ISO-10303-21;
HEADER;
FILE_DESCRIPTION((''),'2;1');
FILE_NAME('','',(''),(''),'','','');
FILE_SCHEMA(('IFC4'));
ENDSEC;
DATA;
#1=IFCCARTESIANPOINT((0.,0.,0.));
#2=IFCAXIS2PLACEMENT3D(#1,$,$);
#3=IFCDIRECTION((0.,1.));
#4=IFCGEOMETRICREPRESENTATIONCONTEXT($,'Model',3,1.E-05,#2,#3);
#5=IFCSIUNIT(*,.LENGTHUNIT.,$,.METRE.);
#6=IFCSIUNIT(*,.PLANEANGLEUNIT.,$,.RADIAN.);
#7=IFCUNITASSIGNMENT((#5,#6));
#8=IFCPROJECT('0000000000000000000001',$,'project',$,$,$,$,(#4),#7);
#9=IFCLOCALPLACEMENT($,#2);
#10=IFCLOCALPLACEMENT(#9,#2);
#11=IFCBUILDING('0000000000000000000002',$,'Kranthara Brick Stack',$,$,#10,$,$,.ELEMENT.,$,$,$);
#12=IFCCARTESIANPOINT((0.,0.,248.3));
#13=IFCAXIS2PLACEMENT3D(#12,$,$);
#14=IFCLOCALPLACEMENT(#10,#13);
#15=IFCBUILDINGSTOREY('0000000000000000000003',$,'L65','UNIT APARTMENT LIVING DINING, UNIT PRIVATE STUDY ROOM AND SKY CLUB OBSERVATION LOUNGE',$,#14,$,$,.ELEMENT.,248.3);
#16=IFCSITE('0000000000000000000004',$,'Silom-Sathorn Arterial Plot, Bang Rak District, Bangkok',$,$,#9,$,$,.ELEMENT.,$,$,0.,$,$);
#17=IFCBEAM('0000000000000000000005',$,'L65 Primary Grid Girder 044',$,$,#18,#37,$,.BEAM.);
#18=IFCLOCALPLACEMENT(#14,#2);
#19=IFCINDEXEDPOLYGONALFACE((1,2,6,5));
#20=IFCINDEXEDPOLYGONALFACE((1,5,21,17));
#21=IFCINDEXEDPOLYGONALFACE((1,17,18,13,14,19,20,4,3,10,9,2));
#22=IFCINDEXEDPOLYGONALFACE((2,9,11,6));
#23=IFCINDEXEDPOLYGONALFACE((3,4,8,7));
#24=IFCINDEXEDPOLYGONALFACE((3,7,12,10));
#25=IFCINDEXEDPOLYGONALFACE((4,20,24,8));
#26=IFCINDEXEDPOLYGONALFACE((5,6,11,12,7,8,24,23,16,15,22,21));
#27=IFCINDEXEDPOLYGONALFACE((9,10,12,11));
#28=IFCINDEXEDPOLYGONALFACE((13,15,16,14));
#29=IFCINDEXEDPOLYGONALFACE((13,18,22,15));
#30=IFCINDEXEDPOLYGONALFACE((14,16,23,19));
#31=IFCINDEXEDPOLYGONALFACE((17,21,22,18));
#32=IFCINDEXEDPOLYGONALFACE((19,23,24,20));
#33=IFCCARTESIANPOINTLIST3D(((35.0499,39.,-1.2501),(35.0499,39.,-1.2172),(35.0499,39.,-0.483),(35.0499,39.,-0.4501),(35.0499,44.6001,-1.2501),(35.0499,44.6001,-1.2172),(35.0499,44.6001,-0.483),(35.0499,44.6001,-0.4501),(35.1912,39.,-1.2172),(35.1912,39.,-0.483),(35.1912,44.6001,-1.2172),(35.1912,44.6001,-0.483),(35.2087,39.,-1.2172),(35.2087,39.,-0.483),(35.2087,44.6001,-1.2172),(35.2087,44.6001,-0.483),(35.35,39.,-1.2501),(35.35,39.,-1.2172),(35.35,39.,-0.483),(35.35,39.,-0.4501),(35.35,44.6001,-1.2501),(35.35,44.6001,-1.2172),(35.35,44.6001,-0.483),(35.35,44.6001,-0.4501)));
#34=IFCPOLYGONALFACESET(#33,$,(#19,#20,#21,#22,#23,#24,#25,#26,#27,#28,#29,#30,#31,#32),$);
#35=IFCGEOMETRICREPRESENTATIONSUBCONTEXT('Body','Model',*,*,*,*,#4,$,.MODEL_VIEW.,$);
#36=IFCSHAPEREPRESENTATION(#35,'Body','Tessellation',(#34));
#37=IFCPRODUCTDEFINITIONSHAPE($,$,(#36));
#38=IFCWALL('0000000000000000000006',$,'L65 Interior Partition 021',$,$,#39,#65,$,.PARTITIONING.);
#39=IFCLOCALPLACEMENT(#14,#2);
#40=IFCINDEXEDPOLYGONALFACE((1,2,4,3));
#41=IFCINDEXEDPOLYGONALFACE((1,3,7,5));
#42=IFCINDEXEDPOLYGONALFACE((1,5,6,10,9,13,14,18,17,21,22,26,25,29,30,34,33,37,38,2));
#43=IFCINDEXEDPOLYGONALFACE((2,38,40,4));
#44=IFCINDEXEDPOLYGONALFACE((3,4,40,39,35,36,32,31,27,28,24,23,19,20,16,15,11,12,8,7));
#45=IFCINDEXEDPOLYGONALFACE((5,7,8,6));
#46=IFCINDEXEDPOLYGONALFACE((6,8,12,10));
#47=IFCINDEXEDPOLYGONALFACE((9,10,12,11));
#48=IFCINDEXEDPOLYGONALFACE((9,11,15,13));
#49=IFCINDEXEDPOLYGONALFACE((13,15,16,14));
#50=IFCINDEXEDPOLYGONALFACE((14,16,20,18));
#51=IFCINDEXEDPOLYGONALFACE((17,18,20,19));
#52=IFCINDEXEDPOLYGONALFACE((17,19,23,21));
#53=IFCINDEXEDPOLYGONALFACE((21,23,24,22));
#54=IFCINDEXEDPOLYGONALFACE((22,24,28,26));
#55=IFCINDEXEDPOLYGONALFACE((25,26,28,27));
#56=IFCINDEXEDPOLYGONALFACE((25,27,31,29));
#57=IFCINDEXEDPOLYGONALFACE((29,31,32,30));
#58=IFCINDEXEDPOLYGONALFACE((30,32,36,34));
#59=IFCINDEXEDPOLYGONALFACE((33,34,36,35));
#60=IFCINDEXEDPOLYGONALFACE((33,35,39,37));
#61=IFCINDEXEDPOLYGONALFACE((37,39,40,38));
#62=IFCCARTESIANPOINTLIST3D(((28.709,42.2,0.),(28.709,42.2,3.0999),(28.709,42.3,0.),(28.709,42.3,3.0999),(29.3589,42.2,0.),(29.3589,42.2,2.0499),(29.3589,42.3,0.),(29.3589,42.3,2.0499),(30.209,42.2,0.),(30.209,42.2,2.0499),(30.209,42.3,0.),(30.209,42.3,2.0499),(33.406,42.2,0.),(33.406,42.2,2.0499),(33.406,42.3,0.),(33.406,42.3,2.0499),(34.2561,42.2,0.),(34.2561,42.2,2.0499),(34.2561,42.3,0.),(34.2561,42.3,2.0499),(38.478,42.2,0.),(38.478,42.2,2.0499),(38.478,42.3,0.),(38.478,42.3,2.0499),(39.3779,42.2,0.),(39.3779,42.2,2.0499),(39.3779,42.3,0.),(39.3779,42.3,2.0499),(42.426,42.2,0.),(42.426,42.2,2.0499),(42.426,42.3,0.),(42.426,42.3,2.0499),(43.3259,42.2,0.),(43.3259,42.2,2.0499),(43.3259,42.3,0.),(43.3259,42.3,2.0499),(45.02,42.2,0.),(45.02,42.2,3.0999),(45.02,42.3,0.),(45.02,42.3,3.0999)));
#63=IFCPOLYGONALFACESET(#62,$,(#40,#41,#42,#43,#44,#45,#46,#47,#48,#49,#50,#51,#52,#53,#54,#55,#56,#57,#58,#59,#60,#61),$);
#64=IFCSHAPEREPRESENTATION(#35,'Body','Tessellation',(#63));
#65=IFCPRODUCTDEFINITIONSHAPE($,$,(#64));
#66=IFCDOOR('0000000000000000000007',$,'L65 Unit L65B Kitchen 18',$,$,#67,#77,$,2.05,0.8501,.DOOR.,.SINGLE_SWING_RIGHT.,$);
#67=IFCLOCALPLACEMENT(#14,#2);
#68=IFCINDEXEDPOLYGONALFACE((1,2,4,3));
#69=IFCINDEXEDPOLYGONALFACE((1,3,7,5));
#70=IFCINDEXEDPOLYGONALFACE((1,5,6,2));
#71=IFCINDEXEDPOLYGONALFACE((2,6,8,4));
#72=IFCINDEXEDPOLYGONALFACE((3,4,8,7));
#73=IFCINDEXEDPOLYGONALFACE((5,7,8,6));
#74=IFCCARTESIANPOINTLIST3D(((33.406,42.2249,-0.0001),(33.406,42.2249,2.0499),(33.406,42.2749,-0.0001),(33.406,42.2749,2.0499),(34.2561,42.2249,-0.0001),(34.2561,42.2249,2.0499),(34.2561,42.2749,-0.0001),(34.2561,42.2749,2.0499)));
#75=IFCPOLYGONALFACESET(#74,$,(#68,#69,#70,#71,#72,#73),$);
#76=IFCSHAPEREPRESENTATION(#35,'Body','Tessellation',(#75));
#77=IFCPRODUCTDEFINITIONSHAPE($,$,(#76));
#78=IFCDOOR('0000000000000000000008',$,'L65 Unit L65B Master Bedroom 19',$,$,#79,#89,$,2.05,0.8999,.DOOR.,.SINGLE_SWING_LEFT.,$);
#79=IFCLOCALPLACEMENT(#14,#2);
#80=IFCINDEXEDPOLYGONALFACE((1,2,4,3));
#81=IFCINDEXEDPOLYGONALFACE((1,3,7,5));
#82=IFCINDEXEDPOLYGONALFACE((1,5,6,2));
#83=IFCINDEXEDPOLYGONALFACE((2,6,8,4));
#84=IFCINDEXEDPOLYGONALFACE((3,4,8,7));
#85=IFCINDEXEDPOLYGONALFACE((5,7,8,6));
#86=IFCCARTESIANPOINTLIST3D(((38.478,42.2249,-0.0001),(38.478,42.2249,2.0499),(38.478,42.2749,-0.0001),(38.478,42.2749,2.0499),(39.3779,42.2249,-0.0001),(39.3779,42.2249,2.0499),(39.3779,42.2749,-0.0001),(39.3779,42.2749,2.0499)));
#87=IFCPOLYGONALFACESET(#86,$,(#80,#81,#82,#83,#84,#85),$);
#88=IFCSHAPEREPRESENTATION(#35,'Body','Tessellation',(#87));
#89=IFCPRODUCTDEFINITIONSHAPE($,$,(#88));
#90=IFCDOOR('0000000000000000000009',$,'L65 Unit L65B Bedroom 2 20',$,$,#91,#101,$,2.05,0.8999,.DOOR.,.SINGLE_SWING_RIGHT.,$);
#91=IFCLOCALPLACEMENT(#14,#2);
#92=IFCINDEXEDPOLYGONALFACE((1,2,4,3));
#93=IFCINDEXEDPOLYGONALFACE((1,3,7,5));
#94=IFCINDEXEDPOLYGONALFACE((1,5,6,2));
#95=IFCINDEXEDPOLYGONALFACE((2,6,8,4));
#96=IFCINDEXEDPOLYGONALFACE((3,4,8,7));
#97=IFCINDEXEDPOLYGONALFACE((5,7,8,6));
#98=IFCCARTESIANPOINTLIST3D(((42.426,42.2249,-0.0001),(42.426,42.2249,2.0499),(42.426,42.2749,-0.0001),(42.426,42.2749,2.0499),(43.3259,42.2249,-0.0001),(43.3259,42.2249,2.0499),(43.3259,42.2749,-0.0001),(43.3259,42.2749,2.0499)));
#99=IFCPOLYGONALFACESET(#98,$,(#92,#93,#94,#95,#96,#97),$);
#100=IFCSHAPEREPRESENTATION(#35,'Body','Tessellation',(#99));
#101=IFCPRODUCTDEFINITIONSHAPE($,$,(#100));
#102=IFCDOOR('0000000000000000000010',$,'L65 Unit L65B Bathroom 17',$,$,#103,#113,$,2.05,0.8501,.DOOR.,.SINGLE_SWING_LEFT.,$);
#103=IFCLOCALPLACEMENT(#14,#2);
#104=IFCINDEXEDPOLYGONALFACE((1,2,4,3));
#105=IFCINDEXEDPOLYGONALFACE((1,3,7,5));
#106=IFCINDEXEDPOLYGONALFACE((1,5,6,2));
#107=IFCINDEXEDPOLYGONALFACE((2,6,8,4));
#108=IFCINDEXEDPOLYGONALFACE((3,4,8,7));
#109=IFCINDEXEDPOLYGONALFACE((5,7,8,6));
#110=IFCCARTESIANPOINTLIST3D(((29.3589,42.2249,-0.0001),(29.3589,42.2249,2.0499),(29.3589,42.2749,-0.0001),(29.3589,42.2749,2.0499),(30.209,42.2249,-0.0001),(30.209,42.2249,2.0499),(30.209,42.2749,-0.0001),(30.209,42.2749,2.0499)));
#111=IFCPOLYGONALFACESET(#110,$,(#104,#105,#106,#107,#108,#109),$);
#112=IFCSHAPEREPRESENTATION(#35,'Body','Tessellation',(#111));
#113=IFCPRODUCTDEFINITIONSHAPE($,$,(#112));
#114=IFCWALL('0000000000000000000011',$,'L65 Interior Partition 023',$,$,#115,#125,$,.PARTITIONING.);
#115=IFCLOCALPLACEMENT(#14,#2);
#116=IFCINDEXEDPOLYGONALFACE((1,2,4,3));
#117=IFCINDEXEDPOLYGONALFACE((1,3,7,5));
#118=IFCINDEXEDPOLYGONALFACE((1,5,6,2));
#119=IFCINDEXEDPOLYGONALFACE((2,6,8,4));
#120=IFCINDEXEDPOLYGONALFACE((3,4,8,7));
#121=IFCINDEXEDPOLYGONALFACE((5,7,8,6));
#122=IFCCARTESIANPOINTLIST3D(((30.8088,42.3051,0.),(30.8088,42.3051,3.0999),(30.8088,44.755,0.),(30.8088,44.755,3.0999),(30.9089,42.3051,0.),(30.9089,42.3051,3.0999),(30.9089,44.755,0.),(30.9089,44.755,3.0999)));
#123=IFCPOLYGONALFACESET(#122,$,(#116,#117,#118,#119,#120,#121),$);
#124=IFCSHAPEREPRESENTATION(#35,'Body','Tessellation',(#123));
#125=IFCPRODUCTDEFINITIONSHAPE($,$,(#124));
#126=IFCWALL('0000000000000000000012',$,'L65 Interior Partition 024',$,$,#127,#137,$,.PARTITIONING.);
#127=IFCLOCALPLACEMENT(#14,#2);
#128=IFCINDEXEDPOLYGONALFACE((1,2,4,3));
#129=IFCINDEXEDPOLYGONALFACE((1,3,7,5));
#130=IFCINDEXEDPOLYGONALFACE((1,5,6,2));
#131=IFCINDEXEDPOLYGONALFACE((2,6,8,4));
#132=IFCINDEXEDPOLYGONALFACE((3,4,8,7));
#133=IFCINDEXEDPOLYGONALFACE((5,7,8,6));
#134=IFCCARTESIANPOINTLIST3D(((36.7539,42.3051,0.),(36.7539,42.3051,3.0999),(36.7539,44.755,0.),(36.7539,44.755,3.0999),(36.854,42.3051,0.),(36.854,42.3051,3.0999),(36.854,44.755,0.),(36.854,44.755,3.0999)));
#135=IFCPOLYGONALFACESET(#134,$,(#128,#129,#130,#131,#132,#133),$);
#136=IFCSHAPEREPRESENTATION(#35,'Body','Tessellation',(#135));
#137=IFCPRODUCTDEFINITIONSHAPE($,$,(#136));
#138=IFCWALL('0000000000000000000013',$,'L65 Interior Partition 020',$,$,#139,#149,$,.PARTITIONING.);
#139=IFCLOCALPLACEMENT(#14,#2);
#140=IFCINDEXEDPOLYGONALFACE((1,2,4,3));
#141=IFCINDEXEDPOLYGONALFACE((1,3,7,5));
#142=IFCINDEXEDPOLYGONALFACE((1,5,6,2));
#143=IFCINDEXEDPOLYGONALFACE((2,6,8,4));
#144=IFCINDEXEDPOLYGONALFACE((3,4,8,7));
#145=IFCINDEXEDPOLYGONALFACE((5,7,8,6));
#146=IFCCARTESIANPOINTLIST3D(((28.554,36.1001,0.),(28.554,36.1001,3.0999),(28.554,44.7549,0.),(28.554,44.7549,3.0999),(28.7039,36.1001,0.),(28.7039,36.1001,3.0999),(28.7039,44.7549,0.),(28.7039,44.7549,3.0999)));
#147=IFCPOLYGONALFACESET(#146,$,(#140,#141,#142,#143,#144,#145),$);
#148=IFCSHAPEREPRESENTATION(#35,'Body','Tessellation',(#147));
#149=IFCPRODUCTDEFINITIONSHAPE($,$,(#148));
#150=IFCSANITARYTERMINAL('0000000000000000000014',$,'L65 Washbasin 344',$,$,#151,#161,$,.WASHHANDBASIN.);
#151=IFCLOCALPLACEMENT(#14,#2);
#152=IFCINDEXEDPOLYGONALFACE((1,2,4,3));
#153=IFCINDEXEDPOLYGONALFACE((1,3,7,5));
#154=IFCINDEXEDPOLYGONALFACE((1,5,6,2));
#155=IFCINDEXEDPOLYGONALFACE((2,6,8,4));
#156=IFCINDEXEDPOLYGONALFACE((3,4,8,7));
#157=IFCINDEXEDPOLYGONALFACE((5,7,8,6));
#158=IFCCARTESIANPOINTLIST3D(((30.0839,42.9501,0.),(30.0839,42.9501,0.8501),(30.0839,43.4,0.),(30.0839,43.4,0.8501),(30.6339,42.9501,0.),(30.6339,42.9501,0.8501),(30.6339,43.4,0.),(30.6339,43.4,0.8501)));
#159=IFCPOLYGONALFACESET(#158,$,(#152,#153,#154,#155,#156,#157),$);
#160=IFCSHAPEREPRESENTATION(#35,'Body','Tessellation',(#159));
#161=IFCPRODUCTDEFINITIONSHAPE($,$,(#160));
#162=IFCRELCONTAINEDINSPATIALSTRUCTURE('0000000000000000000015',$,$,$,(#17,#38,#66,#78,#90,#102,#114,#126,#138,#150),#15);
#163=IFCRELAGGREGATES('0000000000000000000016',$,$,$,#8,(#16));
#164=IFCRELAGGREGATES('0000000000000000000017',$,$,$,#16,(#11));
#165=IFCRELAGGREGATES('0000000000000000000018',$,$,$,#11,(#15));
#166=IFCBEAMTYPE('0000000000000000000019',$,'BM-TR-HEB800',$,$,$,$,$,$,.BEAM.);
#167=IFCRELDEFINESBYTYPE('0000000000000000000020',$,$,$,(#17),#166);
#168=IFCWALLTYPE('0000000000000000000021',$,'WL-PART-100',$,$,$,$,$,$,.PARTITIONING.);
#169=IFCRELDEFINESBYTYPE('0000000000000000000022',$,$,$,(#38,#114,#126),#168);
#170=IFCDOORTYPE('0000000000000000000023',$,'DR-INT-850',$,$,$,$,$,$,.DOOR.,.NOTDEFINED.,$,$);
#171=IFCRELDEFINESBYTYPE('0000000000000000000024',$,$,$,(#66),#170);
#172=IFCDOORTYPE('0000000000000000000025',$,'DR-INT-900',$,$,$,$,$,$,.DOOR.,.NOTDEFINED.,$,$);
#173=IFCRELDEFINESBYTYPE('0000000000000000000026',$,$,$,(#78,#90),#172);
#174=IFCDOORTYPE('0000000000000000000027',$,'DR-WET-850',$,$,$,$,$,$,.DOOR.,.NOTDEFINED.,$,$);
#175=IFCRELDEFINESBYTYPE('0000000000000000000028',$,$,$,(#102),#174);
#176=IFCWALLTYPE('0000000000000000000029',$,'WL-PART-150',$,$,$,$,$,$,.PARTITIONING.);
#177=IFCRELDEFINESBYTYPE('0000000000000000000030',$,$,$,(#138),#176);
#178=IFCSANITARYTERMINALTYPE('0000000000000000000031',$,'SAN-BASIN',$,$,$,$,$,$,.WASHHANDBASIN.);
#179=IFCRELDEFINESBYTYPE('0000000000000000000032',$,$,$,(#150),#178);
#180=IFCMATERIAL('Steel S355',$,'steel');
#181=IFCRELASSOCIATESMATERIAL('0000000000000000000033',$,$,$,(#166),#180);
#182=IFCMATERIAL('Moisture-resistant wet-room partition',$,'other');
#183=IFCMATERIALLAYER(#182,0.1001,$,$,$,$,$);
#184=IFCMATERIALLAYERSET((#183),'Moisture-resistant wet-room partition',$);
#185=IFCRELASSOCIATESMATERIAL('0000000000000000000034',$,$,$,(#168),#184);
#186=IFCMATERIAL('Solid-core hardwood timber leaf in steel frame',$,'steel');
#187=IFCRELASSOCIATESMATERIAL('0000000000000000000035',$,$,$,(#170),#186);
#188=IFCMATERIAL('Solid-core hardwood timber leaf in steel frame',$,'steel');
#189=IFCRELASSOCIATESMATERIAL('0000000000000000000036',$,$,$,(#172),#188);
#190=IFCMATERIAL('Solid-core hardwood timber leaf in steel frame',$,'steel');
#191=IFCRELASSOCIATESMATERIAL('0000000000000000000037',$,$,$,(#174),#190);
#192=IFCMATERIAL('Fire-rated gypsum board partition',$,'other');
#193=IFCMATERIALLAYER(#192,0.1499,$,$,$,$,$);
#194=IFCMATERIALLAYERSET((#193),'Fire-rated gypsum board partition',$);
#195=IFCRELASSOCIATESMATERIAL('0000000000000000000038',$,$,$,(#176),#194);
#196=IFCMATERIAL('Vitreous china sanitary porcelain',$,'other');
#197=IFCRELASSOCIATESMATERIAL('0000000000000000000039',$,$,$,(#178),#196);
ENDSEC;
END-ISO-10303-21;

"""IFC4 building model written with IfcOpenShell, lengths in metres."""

from ifc_helpers import new_model, si_unit, direction, frame, frame_2d, origin, origin_2d, place, context, subcontext, project, spatial, rectangle, i_section, extrude, material, layer, layer_set, material_profile, profile_set, type_object, element, fill, save


model = new_model("IFC4")

# Units and contexts
model_context = context("Model", 3, precision=1e-05, world=origin(), true_north=direction((0.0, 1.0)))
body_context = subcontext(model_context, "Body", "Model", "MODEL_VIEW")
ifc_project = project(units=[si_unit("LENGTHUNIT", "METRE"), si_unit("PLANEANGLEUNIT", "RADIAN")], contexts=[model_context])

# Site, building, storey
site_placement = place(None, origin())
site = spatial("IfcSite", under=ifc_project, at=site_placement, Name="Silom-Sathorn Arterial Plot, Bang Rak District, Bangkok", CompositionType="ELEMENT", RefElevation=0.0)
building_placement = place(site_placement, origin())
building = spatial("IfcBuilding", under=site, at=building_placement, Name="Kranthara Brick Stack", CompositionType="ELEMENT")
storey_placement = place(building_placement, frame((0.0, 0.0, 248.3)))
storey = spatial("IfcBuildingStorey", under=building, at=storey_placement, Name="L65", Description="UNIT APARTMENT LIVING DINING, UNIT PRIVATE STUDY ROOM AND SKY CLUB OBSERVATION LOUNGE", CompositionType="ELEMENT", Elevation=248.3)

# Beam
ifc_material_1 = material(Name="Steel S355", Category="steel")
ifc_material_profile_1 = material_profile(ifc_material_1, i_section(OverallWidth=0.3, OverallDepth=0.8, WebThickness=0.0176, FlangeThickness=0.033, at=origin_2d()), Name="HEB 800")
ifc_profile_set_1 = profile_set([ifc_material_profile_1], Name="Steel S355")
beam_type_1 = type_object("IfcBeamType", Name="BM-TR-HEB800", PredefinedType="BEAM", material=ifc_profile_set_1)
for number, where, z_axis, x_axis, name in (
    (1, (35.2, 39.0, -0.8501), (0.0, 1.0, 0.0), (-1.0, 0.0, 0.0), "L65 Primary Grid Girder 044"),
):
    element("IfcBeam", number, at=place(storey_placement, frame(where, z_axis=z_axis, x_axis=x_axis)), inside=storey, type_object=beam_type_1, Name=name, PredefinedType="BEAM", context=body_context, shape_type="SweptSolid", body=[
        extrude(i_section(OverallWidth=0.3, OverallDepth=0.8, WebThickness=0.0176, FlangeThickness=0.033, at=origin_2d()), origin(), (0.0, 0.0, 1.0), 5.6001),
    ])

# Wall, openings, doors
ifc_material_2 = material(Name="Moisture-resistant wet-room partition", Category="other")
ifc_layer_1 = layer(ifc_material_2, 0.1001)
ifc_layer_set_1 = layer_set([ifc_layer_1], Name="Moisture-resistant wet-room partition")
wall_type_1 = type_object("IfcWallType", Name="WL-PART-100", PredefinedType="PARTITIONING", material=ifc_layer_set_1)
wall_1_placement = place(storey_placement, frame((28.709, 42.25, 0.0), z_axis=(0.0, 0.0, 1.0), x_axis=(1.0, 0.0, 0.0)))
wall_1 = element("IfcWall", 2, at=wall_1_placement, inside=storey, type_object=wall_type_1, Name="L65 Interior Partition 021", PredefinedType="PARTITIONING", context=body_context, shape_type="SweptSolid", body=[
    extrude(rectangle(XDim=16.311, YDim=0.1001, at=frame_2d((8.1555, 0.0))), origin(), (0.0, 0.0, 1.0), 3.0999),
])
opening_1_placement = place(wall_1_placement, frame((0.6499, 0.0, 0.0)))
opening_1 = element("IfcOpeningElement", 3, at=opening_1_placement, cuts=wall_1, PredefinedType="OPENING", context=body_context, shape_type="SweptSolid", body=[
    extrude(rectangle(XDim=0.8501, YDim=2.05, at=frame_2d((0.425, 1.0249))), frame((0.0, 0.0601, 0.0), z_axis=(0.0, -1.0, 0.0), x_axis=(1.0, 0.0, 0.0)), (0.0, 0.0, 1.0), 0.1201),
])
opening_2_placement = place(wall_1_placement, frame((4.697, 0.0, 0.0)))
opening_2 = element("IfcOpeningElement", 4, at=opening_2_placement, cuts=wall_1, PredefinedType="OPENING", context=body_context, shape_type="SweptSolid", body=[
    extrude(rectangle(XDim=0.8501, YDim=2.05, at=frame_2d((0.425, 1.0249))), frame((0.0, 0.0601, 0.0), z_axis=(0.0, -1.0, 0.0), x_axis=(1.0, 0.0, 0.0)), (0.0, 0.0, 1.0), 0.1201),
])
opening_3_placement = place(wall_1_placement, frame((9.769, 0.0, 0.0)))
opening_3 = element("IfcOpeningElement", 5, at=opening_3_placement, cuts=wall_1, PredefinedType="OPENING", context=body_context, shape_type="SweptSolid", body=[
    extrude(rectangle(XDim=0.8999, YDim=2.05, at=frame_2d((0.45, 1.0249))), frame((0.0, 0.0601, 0.0), z_axis=(0.0, -1.0, 0.0), x_axis=(1.0, 0.0, 0.0)), (0.0, 0.0, 1.0), 0.1201),
])
opening_4_placement = place(wall_1_placement, frame((13.717, 0.0, 0.0)))
opening_4 = element("IfcOpeningElement", 6, at=opening_4_placement, cuts=wall_1, PredefinedType="OPENING", context=body_context, shape_type="SweptSolid", body=[
    extrude(rectangle(XDim=0.8999, YDim=2.05, at=frame_2d((0.45, 1.0249))), frame((0.0, 0.0601, 0.0), z_axis=(0.0, -1.0, 0.0), x_axis=(1.0, 0.0, 0.0)), (0.0, 0.0, 1.0), 0.1201),
])
ifc_material_3 = material(Name="Solid-core hardwood timber leaf in steel frame", Category="steel")
door_type_1 = type_object("IfcDoorType", Name="DR-INT-850", OperationType="NOTDEFINED", PredefinedType="DOOR", material=ifc_material_3)
door_1_placement = place(opening_2_placement, origin())
door_1 = element("IfcDoor", 7, at=door_1_placement, inside=storey, type_object=door_type_1, Name="L65 Unit L65B Kitchen 18", OperationType="SINGLE_SWING_RIGHT", OverallHeight=2.05, OverallWidth=0.8501, PredefinedType="DOOR", context=body_context, shape_type="SweptSolid", body=[
    extrude(rectangle(XDim=0.8501, YDim=2.05, at=frame_2d((0.425, 1.0249))), frame((0.0, 0.0249, 0.0), z_axis=(0.0, -1.0, 0.0), x_axis=(1.0, 0.0, 0.0)), (0.0, 0.0, 1.0), 0.05),
])
fill(opening_2, door_1)
ifc_material_4 = material(Name="Solid-core hardwood timber leaf in steel frame", Category="steel")
door_type_2 = type_object("IfcDoorType", Name="DR-INT-900", OperationType="NOTDEFINED", PredefinedType="DOOR", material=ifc_material_4)
door_2_placement = place(opening_3_placement, origin())
door_2 = element("IfcDoor", 8, at=door_2_placement, inside=storey, type_object=door_type_2, Name="L65 Unit L65B Master Bedroom 19", OperationType="SINGLE_SWING_LEFT", OverallHeight=2.05, OverallWidth=0.8999, PredefinedType="DOOR", context=body_context, shape_type="SweptSolid", body=[
    extrude(rectangle(XDim=0.8999, YDim=2.05, at=frame_2d((0.45, 1.0249))), frame((0.0, 0.0249, 0.0), z_axis=(0.0, -1.0, 0.0), x_axis=(1.0, 0.0, 0.0)), (0.0, 0.0, 1.0), 0.05),
])
fill(opening_3, door_2)
door_3_placement = place(opening_4_placement, origin())
door_3 = element("IfcDoor", 9, at=door_3_placement, inside=storey, type_object=door_type_2, Name="L65 Unit L65B Bedroom 2 20", OperationType="SINGLE_SWING_RIGHT", OverallHeight=2.05, OverallWidth=0.8999, PredefinedType="DOOR", context=body_context, shape_type="SweptSolid", body=[
    extrude(rectangle(XDim=0.8999, YDim=2.05, at=frame_2d((0.45, 1.0249))), frame((0.0, 0.0249, 0.0), z_axis=(0.0, -1.0, 0.0), x_axis=(1.0, 0.0, 0.0)), (0.0, 0.0, 1.0), 0.05),
])
fill(opening_4, door_3)
ifc_material_5 = material(Name="Solid-core hardwood timber leaf in steel frame", Category="steel")
door_type_3 = type_object("IfcDoorType", Name="DR-WET-850", OperationType="NOTDEFINED", PredefinedType="DOOR", material=ifc_material_5)
door_4_placement = place(opening_1_placement, origin())
door_4 = element("IfcDoor", 10, at=door_4_placement, inside=storey, type_object=door_type_3, Name="L65 Unit L65B Bathroom 17", OperationType="SINGLE_SWING_LEFT", OverallHeight=2.05, OverallWidth=0.8501, PredefinedType="DOOR", context=body_context, shape_type="SweptSolid", body=[
    extrude(rectangle(XDim=0.8501, YDim=2.05, at=frame_2d((0.425, 1.0249))), frame((0.0, 0.0249, 0.0), z_axis=(0.0, -1.0, 0.0), x_axis=(1.0, 0.0, 0.0)), (0.0, 0.0, 1.0), 0.05),
])
fill(opening_1, door_4)

# Walls
for number, where, z_axis, x_axis, name in (
    (11, (30.8589, 42.3049, 0.0), (0.0, 0.0, 1.0), (0.0, 1.0, 0.0), "L65 Interior Partition 023"),
    (12, (36.804, 42.3049, 0.0), (0.0, 0.0, 1.0), (0.0, 1.0, 0.0), "L65 Interior Partition 024"),
):
    element("IfcWall", number, at=place(storey_placement, frame(where, z_axis=z_axis, x_axis=x_axis)), inside=storey, type_object=wall_type_1, Name=name, PredefinedType="PARTITIONING", context=body_context, shape_type="SweptSolid", body=[
        extrude(rectangle(XDim=2.45, YDim=0.1001, at=frame_2d((1.2251, 0.0))), origin(), (0.0, 0.0, 1.0), 3.0999),
    ])
ifc_material_6 = material(Name="Fire-rated gypsum board partition", Category="other")
ifc_layer_2 = layer(ifc_material_6, 0.1499)
ifc_layer_set_2 = layer_set([ifc_layer_2], Name="Fire-rated gypsum board partition")
wall_type_2 = type_object("IfcWallType", Name="WL-PART-150", PredefinedType="PARTITIONING", material=ifc_layer_set_2)
wall_2_placement = place(storey_placement, frame((28.6289, 36.1001, 0.0), z_axis=(0.0, 0.0, 1.0), x_axis=(0.0, 1.0, 0.0)))
element("IfcWall", 13, at=wall_2_placement, inside=storey, type_object=wall_type_2, Name="L65 Interior Partition 020", PredefinedType="PARTITIONING", context=body_context, shape_type="SweptSolid", body=[
    extrude(rectangle(XDim=8.6548, YDim=0.1499, at=frame_2d((4.3274, 0.0))), origin(), (0.0, 0.0, 1.0), 3.0999),
])

# Sanitary terminal
ifc_material_7 = material(Name="Vitreous china sanitary porcelain", Category="other")
sanitary_terminal_type_1 = type_object("IfcSanitaryTerminalType", Name="SAN-BASIN", PredefinedType="WASHHANDBASIN", material=ifc_material_7)
sanitary_terminal_1_placement = place(storey_placement, frame((30.3589, 43.175, 0.0), z_axis=(0.0, 0.0, 1.0), x_axis=(1.0, 0.0, 0.0)))
element("IfcSanitaryTerminal", 14, at=sanitary_terminal_1_placement, inside=storey, type_object=sanitary_terminal_type_1, Name="L65 Washbasin 344", PredefinedType="WASHHANDBASIN", context=body_context, shape_type="SweptSolid", body=[
    extrude(rectangle(XDim=0.55, YDim=0.45, at=origin_2d()), origin(), (0.0, 0.0, 1.0), 0.8501),
])

save(model, "model.ifc")
